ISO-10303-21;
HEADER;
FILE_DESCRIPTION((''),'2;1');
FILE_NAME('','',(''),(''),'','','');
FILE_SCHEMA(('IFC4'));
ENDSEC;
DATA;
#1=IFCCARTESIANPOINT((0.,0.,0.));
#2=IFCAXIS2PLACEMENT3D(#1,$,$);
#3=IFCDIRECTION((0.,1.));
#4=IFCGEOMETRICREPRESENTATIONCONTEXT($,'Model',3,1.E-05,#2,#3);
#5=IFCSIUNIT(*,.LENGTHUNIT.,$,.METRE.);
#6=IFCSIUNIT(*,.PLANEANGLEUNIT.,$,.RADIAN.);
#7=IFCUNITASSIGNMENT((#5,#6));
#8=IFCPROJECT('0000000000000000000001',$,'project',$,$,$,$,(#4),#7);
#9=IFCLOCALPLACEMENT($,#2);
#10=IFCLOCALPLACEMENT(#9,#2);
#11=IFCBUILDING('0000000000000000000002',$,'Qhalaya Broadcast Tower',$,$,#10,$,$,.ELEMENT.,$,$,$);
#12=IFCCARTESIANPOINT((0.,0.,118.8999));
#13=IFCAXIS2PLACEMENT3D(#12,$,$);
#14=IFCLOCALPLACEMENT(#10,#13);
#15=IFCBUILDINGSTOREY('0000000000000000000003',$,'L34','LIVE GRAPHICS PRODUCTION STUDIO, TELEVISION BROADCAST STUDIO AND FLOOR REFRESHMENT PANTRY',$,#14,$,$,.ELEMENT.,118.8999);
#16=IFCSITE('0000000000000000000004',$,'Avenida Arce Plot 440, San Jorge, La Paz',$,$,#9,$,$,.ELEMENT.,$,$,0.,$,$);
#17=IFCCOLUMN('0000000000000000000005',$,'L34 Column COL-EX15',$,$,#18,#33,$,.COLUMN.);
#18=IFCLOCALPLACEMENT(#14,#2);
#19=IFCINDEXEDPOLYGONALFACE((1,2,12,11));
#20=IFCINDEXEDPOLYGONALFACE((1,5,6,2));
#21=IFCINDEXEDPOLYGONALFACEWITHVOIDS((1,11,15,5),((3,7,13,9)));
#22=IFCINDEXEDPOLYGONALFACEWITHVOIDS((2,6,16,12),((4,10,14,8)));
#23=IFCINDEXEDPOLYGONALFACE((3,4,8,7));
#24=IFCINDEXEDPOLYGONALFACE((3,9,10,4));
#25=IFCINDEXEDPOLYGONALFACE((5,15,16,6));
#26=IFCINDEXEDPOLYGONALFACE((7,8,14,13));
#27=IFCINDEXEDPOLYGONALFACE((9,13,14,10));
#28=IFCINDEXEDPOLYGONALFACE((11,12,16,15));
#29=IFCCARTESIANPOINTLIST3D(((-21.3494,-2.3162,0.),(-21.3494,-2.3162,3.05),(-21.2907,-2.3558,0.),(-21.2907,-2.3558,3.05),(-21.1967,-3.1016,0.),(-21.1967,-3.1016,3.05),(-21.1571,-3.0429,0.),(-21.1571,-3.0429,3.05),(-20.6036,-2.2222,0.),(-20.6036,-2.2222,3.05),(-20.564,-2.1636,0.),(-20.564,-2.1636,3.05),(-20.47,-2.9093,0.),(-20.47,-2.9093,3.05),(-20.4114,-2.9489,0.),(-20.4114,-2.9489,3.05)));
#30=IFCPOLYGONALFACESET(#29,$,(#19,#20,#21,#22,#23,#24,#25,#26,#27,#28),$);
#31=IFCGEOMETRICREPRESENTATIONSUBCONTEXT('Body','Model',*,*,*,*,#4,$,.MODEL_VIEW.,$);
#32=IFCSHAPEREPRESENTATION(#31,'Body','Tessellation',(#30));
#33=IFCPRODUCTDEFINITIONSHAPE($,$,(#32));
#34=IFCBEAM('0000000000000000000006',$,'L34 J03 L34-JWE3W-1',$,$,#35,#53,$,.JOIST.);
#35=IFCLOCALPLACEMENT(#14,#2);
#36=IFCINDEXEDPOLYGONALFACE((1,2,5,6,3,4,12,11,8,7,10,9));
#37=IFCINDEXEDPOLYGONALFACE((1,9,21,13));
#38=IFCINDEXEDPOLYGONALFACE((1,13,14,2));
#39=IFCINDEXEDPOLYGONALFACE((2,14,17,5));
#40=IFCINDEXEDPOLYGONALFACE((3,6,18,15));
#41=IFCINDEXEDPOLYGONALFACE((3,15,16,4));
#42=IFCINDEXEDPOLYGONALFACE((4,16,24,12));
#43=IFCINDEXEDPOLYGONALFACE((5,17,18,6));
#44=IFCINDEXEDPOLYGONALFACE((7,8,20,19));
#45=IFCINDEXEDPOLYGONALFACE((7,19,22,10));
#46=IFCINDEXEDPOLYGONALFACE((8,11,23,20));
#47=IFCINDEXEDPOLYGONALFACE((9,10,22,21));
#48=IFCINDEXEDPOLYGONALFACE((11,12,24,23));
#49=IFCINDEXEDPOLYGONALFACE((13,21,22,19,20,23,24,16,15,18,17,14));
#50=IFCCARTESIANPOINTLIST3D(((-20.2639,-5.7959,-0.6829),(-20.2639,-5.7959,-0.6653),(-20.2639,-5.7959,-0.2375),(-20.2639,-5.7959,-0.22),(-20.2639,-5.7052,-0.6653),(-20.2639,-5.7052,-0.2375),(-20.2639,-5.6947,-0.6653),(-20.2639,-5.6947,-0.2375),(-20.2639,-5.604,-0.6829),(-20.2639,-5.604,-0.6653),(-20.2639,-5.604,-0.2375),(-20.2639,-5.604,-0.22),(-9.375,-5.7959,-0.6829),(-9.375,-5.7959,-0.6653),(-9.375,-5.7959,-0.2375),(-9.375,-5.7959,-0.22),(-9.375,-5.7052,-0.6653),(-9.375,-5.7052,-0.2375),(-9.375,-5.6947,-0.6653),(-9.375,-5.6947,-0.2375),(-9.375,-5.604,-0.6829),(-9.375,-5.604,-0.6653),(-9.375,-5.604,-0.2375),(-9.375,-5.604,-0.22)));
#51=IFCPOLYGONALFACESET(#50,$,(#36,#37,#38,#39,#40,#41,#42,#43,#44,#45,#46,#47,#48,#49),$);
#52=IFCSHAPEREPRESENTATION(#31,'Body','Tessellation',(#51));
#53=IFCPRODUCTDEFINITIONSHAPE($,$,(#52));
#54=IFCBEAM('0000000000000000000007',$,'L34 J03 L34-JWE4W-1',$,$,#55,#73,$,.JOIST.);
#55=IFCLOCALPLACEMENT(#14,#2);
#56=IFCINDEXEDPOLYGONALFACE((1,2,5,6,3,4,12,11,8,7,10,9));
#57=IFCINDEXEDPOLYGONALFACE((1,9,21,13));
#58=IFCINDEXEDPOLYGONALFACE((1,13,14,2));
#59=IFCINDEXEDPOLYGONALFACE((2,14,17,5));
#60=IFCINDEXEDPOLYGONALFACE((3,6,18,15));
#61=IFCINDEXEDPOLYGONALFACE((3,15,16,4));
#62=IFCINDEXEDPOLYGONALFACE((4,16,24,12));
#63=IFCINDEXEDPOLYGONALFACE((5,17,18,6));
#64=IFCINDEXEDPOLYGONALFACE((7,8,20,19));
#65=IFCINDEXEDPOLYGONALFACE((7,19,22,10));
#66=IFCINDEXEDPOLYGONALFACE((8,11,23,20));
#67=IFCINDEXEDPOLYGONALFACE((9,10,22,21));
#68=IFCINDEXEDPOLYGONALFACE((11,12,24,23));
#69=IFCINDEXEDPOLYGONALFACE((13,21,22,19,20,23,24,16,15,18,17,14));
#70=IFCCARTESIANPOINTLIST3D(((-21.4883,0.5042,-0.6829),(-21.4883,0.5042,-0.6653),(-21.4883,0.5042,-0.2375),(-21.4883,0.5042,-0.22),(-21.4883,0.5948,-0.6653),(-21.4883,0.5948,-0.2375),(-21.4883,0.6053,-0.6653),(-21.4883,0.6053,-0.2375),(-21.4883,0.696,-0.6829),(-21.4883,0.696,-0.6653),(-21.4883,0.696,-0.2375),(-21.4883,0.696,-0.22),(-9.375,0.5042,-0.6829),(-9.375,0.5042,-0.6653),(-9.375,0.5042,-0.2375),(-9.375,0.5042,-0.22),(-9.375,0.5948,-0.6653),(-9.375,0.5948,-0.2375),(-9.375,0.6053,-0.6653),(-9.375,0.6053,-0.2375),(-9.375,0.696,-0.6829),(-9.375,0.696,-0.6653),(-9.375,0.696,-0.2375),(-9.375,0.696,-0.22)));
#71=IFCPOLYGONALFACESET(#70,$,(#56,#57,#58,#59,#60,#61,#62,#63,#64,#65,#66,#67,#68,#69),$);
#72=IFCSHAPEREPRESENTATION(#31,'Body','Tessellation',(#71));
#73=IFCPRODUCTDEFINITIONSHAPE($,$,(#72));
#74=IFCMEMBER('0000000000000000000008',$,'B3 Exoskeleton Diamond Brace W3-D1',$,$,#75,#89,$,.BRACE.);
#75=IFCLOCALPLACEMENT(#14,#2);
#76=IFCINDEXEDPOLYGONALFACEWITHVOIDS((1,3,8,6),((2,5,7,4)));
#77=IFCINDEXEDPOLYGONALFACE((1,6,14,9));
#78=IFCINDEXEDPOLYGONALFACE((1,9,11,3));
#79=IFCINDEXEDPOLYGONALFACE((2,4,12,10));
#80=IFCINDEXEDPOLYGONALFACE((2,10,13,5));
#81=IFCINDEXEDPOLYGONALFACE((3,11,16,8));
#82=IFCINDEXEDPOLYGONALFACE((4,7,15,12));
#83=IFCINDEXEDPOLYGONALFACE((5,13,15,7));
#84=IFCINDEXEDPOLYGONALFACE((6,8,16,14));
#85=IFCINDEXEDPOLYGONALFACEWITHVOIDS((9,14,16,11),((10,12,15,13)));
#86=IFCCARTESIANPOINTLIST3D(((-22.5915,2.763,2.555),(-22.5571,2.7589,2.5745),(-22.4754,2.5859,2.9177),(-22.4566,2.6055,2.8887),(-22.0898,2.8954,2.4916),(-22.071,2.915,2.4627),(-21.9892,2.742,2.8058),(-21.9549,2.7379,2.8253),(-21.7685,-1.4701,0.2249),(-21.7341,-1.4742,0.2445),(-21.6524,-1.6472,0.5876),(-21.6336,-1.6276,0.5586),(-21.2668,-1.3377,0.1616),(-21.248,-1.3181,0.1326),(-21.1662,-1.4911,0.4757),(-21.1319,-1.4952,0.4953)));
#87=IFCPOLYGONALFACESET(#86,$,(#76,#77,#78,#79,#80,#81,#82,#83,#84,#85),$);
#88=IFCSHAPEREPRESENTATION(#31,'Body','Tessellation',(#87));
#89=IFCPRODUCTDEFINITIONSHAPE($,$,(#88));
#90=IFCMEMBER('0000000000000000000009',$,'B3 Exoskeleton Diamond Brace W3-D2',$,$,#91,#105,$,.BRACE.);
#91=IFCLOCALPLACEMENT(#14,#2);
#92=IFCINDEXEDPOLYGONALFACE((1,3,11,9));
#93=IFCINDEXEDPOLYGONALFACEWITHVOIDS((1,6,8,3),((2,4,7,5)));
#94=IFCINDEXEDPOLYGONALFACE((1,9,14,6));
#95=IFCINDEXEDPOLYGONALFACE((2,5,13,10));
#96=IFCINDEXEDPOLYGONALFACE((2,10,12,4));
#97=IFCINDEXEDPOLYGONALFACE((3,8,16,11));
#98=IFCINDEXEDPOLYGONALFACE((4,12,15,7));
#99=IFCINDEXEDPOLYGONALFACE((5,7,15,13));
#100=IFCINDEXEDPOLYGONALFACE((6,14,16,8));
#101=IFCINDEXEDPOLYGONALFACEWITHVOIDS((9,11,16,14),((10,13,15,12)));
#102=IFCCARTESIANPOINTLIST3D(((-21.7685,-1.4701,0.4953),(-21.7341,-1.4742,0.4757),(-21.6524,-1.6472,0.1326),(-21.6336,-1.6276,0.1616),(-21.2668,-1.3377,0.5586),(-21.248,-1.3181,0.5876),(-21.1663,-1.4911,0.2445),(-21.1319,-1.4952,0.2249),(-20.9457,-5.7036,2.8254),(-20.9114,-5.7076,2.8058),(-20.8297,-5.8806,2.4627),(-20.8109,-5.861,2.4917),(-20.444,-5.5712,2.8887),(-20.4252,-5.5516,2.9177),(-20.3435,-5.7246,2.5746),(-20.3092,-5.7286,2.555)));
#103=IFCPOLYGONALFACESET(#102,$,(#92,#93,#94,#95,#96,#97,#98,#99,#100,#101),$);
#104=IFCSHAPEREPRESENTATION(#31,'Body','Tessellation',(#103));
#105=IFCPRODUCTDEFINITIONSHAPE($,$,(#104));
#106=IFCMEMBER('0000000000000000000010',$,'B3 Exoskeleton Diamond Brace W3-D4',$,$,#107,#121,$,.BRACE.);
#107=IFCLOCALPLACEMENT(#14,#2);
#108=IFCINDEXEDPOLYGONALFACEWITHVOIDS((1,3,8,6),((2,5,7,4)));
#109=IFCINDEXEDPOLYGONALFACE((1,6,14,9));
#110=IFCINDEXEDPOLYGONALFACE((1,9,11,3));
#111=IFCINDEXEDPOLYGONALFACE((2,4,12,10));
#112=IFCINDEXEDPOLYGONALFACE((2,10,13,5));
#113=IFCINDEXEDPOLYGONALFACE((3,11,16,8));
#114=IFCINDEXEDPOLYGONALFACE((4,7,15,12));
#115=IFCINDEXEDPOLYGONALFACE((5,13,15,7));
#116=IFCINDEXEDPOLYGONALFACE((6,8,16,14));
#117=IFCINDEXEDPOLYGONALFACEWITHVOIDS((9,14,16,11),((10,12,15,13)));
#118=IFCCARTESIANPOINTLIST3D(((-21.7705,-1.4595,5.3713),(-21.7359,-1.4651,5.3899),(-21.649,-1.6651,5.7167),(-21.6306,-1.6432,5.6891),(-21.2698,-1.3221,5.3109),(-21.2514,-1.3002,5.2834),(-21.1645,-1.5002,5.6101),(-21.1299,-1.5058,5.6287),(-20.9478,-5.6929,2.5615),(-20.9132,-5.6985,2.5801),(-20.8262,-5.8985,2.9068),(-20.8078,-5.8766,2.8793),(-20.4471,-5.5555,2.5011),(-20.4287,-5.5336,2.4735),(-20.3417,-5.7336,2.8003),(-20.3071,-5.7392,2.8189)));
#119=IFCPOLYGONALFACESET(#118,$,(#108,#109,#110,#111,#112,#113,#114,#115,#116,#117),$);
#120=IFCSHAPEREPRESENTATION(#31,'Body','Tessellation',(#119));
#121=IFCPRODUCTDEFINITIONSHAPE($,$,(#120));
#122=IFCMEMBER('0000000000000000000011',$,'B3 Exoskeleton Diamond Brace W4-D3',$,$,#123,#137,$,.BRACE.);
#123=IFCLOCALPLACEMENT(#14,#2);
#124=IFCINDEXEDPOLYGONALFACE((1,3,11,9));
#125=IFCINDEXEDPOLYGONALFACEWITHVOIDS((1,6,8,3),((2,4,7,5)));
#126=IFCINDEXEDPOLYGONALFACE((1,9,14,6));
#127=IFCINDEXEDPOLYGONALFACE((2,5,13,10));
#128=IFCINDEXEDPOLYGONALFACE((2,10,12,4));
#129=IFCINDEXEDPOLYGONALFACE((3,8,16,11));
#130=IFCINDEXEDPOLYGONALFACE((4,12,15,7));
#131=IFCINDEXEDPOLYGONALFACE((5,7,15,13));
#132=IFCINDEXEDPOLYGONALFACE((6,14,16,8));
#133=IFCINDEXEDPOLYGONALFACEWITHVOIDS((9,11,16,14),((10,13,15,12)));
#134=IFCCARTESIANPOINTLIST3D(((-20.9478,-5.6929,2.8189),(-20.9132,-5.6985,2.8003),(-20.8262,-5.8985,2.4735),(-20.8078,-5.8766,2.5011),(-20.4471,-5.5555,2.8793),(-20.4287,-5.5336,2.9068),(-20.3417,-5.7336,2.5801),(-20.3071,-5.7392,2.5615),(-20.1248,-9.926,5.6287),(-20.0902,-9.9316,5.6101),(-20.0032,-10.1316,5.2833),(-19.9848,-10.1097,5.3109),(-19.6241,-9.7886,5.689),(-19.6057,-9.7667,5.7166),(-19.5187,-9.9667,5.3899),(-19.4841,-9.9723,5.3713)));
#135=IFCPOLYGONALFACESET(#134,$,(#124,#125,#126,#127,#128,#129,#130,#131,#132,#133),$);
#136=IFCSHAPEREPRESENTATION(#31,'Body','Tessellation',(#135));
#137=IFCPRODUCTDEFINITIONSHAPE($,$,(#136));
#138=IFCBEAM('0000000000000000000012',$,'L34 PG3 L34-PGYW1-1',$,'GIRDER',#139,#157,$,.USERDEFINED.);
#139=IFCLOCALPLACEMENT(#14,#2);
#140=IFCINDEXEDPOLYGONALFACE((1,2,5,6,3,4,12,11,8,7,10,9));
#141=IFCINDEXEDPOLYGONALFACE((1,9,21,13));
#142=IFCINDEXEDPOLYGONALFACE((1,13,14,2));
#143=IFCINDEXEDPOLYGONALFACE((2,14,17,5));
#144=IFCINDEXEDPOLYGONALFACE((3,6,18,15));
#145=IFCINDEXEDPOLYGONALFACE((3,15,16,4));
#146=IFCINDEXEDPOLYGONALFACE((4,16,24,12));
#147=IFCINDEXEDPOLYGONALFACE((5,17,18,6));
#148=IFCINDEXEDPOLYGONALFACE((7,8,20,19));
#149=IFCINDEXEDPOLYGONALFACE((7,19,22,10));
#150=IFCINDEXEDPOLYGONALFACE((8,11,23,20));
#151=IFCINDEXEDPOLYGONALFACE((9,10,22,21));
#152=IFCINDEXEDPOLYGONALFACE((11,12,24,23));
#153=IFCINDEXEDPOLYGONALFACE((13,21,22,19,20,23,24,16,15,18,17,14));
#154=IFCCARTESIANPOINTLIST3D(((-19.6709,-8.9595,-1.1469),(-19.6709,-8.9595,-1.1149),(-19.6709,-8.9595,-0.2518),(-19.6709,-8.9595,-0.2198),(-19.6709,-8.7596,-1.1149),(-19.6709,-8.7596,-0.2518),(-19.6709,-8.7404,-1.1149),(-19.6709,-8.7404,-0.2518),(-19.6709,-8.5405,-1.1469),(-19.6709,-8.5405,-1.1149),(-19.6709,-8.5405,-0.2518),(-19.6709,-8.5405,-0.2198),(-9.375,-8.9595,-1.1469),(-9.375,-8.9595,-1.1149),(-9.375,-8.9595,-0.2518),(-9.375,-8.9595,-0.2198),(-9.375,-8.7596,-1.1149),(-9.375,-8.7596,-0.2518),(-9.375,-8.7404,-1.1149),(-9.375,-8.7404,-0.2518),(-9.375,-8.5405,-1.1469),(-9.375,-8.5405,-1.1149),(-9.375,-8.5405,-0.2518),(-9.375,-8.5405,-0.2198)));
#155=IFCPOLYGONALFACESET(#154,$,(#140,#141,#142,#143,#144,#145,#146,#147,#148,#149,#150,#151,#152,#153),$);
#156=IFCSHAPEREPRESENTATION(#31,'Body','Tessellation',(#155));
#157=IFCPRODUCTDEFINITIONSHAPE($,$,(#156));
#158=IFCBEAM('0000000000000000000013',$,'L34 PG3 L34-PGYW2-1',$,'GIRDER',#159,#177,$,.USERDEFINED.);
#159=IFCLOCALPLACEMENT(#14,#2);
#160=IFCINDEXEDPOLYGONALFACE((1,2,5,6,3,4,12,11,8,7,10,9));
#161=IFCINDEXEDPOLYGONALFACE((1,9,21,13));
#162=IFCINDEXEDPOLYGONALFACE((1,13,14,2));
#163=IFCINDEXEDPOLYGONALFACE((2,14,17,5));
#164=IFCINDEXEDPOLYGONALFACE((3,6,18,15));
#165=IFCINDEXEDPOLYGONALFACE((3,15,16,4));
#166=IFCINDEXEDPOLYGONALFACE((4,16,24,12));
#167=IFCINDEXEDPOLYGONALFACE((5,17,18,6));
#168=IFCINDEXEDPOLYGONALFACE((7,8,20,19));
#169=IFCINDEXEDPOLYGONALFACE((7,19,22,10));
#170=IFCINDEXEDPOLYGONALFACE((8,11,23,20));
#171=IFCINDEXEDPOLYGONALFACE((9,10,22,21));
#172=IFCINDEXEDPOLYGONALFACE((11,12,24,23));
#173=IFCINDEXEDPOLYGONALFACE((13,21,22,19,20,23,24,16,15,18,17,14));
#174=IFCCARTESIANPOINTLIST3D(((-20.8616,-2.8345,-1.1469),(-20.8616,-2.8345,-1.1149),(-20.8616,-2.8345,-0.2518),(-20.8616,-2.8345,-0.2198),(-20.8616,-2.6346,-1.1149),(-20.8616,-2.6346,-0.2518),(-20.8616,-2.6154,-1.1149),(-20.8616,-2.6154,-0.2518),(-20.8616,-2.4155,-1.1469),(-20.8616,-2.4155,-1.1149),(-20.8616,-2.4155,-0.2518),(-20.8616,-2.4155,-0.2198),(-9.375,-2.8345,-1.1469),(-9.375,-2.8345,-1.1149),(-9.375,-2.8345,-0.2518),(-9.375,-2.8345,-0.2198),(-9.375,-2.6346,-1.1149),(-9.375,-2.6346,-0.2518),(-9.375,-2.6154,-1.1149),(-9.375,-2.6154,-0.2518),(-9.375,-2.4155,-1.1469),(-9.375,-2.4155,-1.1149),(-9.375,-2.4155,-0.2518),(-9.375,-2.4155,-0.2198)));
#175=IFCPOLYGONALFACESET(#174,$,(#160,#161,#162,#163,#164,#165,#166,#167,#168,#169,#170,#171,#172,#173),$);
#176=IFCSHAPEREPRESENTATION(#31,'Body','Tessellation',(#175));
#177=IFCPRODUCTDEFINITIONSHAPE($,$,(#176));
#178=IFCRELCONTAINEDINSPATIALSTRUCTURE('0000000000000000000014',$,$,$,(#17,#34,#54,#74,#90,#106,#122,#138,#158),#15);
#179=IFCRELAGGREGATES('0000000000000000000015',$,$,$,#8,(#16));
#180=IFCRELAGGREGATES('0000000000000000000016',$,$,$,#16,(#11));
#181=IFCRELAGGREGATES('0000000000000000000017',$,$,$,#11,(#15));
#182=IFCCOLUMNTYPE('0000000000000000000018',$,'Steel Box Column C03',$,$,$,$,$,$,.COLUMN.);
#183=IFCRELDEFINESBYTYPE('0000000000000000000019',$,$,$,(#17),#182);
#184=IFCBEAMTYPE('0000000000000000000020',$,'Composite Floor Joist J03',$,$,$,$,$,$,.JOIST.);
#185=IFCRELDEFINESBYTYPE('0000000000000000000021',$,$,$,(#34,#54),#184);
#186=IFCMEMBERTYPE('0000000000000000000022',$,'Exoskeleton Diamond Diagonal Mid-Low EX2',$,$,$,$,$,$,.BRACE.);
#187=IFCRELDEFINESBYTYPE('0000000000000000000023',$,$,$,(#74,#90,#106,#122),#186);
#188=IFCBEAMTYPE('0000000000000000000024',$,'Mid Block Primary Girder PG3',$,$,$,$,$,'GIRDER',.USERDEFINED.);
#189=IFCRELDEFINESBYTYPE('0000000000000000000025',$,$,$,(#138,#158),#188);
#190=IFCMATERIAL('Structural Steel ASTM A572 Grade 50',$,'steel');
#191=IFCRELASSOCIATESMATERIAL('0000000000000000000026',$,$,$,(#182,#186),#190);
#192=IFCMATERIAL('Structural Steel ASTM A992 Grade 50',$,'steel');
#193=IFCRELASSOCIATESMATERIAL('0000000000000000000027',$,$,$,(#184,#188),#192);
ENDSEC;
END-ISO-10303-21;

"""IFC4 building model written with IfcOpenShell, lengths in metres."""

from ifc_helpers import new_model, si_unit, direction, frame, origin, origin_2d, place, context, subcontext, project, spatial, hollow_rectangle, i_section, extrude, material, material_profile, profile_set, type_object, element, save


model = new_model("IFC4")

# Units and contexts
model_context = context("Model", 3, precision=1e-05, world=origin(), true_north=direction((0.0, 1.0)))
body_context = subcontext(model_context, "Body", "Model", "MODEL_VIEW")
ifc_project = project(units=[si_unit("LENGTHUNIT", "METRE"), si_unit("PLANEANGLEUNIT", "RADIAN")], contexts=[model_context])

# Site, building, storey
site_placement = place(None, origin())
site = spatial("IfcSite", under=ifc_project, at=site_placement, Name="Avenida Arce Plot 440, San Jorge, La Paz", CompositionType="ELEMENT", RefElevation=0.0)
building_placement = place(site_placement, origin())
building = spatial("IfcBuilding", under=site, at=building_placement, Name="Qhalaya Broadcast Tower", CompositionType="ELEMENT")
storey_placement = place(building_placement, frame((0.0, 0.0, 118.8999)))
storey = spatial("IfcBuildingStorey", under=building, at=storey_placement, Name="L34", Description="LIVE GRAPHICS PRODUCTION STUDIO, TELEVISION BROADCAST STUDIO AND FLOOR REFRESHMENT PANTRY", CompositionType="ELEMENT", Elevation=118.8999)

# Column
ifc_material_1 = material(Name="Structural Steel ASTM A572 Grade 50", Category="steel")
ifc_material_profile_1 = material_profile(ifc_material_1, hollow_rectangle(XDim=0.8, YDim=0.8, WallThickness=0.05, at=origin_2d()), Name="BOX 800x800x50")
ifc_profile_set_1 = profile_set([ifc_material_profile_1], Name="Structural Steel ASTM A572 Grade 50")
column_type = type_object("IfcColumnType", Name="Steel Box Column C03", PredefinedType="COLUMN", material=ifc_profile_set_1)
column_placement = place(storey_placement, frame((-20.8804, -2.6326, 0.0), z_axis=(0.0, 0.0, 1.0), x_axis=(-0.190809, 0.981627, 0.0)))
element("IfcColumn", 1, at=column_placement, inside=storey, type_object=column_type, Name="L34 Column COL-EX15", PredefinedType="COLUMN", context=body_context, shape_type="SweptSolid", body=[
    extrude(hollow_rectangle(XDim=0.8, YDim=0.8, WallThickness=0.05, at=origin_2d()), origin(), (0.0, 0.0, 1.0), 3.05),
])

# Beams
ifc_material_2 = material(Name="Structural Steel ASTM A992 Grade 50", Category="steel")
ifc_material_profile_2 = material_profile(ifc_material_2, i_section(OverallWidth=0.1919, OverallDepth=0.4629, WebThickness=0.0105, FlangeThickness=0.0176, at=origin_2d()), Name="W18X60")
ifc_profile_set_2 = profile_set([ifc_material_profile_2], Name="Structural Steel ASTM A992 Grade 50")
beam_type_1 = type_object("IfcBeamType", Name="Composite Floor Joist J03", PredefinedType="JOIST", material=ifc_profile_set_2)
beam_1_placement = place(storey_placement, frame((-20.2639, -5.7, -0.4514), z_axis=(1.0, 0.0, 0.0), x_axis=(0.0, 1.0, 0.0)))
element("IfcBeam", 2, at=beam_1_placement, inside=storey, type_object=beam_type_1, Name="L34 J03 L34-JWE3W-1", PredefinedType="JOIST", context=body_context, shape_type="SweptSolid", body=[
    extrude(i_section(OverallWidth=0.1919, OverallDepth=0.4629, WebThickness=0.0105, FlangeThickness=0.0176, at=origin_2d()), origin(), (0.0, 0.0, 1.0), 10.8889),
])
beam_2_placement = place(storey_placement, frame((-21.4883, 0.6001, -0.4514), z_axis=(1.0, 0.0, 0.0), x_axis=(0.0, 1.0, 0.0)))
element("IfcBeam", 3, at=beam_2_placement, inside=storey, type_object=beam_type_1, Name="L34 J03 L34-JWE4W-1", PredefinedType="JOIST", context=body_context, shape_type="SweptSolid", body=[
    extrude(i_section(OverallWidth=0.1919, OverallDepth=0.4629, WebThickness=0.0105, FlangeThickness=0.0176, at=origin_2d()), origin(), (0.0, 0.0, 1.0), 12.1133),
])

# Members
ifc_material_profile_3 = material_profile(ifc_material_1, hollow_rectangle(XDim=0.4199, YDim=0.55, WallThickness=0.0281, at=origin_2d()), Name="BOX 420x550x28")
ifc_profile_set_3 = profile_set([ifc_material_profile_3], Name="Structural Steel ASTM A572 Grade 50")
member_type = type_object("IfcMemberType", Name="Exoskeleton Diamond Diagonal Mid-Low EX2", PredefinedType="BRACE", material=ifc_profile_set_3)
member_1_placement = place(storey_placement, frame((-21.4502, -1.4827, 0.3601), z_axis=(-0.167902, 0.863618, 0.475366), x_axis=(0.276356, -0.421641, 0.863624)))
element("IfcMember", 4, at=member_1_placement, inside=storey, type_object=member_type, Name="B3 Exoskeleton Diamond Brace W3-D1", PredefinedType="BRACE", context=body_context, shape_type="SweptSolid", body=[
    extrude(hollow_rectangle(XDim=0.4199, YDim=0.55, WallThickness=0.0281, at=origin_2d()), origin(), (0.0, 0.0, 1.0), 4.9016),
])
member_2_placement = place(storey_placement, frame((-21.4502, -1.4827, 0.3601), z_axis=(0.167847, -0.863638, 0.475349), x_axis=(-0.276325, 0.421643, 0.863633)))
element("IfcMember", 5, at=member_2_placement, inside=storey, type_object=member_type, Name="B3 Exoskeleton Diamond Brace W3-D2", PredefinedType="BRACE", context=body_context, shape_type="SweptSolid", body=[
    extrude(hollow_rectangle(XDim=0.4199, YDim=0.55, WallThickness=0.0281, at=origin_2d()), origin(), (0.0, 0.0, 1.0), 4.9019),
])
member_3_placement = place(storey_placement, frame((-20.6274, -5.7161, 2.6902), z_axis=(-0.159845, 0.822467, 0.545892), x_axis=(0.289536, -0.489618, 0.822462)))
element("IfcMember", 6, at=member_3_placement, inside=storey, type_object=member_type, Name="B3 Exoskeleton Diamond Brace W3-D4", PredefinedType="BRACE", context=body_context, shape_type="SweptSolid", body=[
    extrude(hollow_rectangle(XDim=0.4199, YDim=0.55, WallThickness=0.0281, at=origin_2d()), origin(), (0.0, 0.0, 1.0), 5.1472),
])
member_4_placement = place(storey_placement, frame((-20.6274, -5.7161, 2.6902), z_axis=(0.159897, -0.822445, 0.545909), x_axis=(-0.289571, 0.489615, 0.822451)))
element("IfcMember", 7, at=member_4_placement, inside=storey, type_object=member_type, Name="B3 Exoskeleton Diamond Brace W4-D3", PredefinedType="BRACE", context=body_context, shape_type="SweptSolid", body=[
    extrude(hollow_rectangle(XDim=0.4199, YDim=0.55, WallThickness=0.0281, at=origin_2d()), origin(), (0.0, 0.0, 1.0), 5.147),
])

# Beams
ifc_material_profile_4 = material_profile(ifc_material_2, i_section(OverallWidth=0.4189, OverallDepth=0.927, WebThickness=0.0193, FlangeThickness=0.032, at=origin_2d()), Name="W36X231")
ifc_profile_set_4 = profile_set([ifc_material_profile_4], Name="Structural Steel ASTM A992 Grade 50")
beam_type_2 = type_object("IfcBeamType", Name="Mid Block Primary Girder PG3", ElementType="GIRDER", PredefinedType="USERDEFINED", material=ifc_profile_set_4)
beam_3_placement = place(storey_placement, frame((-19.6709, -8.75, -0.6833), z_axis=(1.0, 0.0, 0.0), x_axis=(0.0, 1.0, 0.0)))
element("IfcBeam", 8, at=beam_3_placement, inside=storey, type_object=beam_type_2, Name="L34 PG3 L34-PGYW1-1", ObjectType="GIRDER", PredefinedType="USERDEFINED", context=body_context, shape_type="SweptSolid", body=[
    extrude(i_section(OverallWidth=0.4189, OverallDepth=0.927, WebThickness=0.0193, FlangeThickness=0.032, at=origin_2d()), origin(), (0.0, 0.0, 1.0), 10.2959),
])
beam_4_placement = place(storey_placement, frame((-20.8616, -2.625, -0.6833), z_axis=(1.0, 0.0, 0.0), x_axis=(0.0, 1.0, 0.0)))
element("IfcBeam", 9, at=beam_4_placement, inside=storey, type_object=beam_type_2, Name="L34 PG3 L34-PGYW2-1", ObjectType="GIRDER", PredefinedType="USERDEFINED", context=body_context, shape_type="SweptSolid", body=[
    extrude(i_section(OverallWidth=0.4189, OverallDepth=0.927, WebThickness=0.0193, FlangeThickness=0.032, at=origin_2d()), origin(), (0.0, 0.0, 1.0), 11.4866),
])

save(model, "model.ifc")
